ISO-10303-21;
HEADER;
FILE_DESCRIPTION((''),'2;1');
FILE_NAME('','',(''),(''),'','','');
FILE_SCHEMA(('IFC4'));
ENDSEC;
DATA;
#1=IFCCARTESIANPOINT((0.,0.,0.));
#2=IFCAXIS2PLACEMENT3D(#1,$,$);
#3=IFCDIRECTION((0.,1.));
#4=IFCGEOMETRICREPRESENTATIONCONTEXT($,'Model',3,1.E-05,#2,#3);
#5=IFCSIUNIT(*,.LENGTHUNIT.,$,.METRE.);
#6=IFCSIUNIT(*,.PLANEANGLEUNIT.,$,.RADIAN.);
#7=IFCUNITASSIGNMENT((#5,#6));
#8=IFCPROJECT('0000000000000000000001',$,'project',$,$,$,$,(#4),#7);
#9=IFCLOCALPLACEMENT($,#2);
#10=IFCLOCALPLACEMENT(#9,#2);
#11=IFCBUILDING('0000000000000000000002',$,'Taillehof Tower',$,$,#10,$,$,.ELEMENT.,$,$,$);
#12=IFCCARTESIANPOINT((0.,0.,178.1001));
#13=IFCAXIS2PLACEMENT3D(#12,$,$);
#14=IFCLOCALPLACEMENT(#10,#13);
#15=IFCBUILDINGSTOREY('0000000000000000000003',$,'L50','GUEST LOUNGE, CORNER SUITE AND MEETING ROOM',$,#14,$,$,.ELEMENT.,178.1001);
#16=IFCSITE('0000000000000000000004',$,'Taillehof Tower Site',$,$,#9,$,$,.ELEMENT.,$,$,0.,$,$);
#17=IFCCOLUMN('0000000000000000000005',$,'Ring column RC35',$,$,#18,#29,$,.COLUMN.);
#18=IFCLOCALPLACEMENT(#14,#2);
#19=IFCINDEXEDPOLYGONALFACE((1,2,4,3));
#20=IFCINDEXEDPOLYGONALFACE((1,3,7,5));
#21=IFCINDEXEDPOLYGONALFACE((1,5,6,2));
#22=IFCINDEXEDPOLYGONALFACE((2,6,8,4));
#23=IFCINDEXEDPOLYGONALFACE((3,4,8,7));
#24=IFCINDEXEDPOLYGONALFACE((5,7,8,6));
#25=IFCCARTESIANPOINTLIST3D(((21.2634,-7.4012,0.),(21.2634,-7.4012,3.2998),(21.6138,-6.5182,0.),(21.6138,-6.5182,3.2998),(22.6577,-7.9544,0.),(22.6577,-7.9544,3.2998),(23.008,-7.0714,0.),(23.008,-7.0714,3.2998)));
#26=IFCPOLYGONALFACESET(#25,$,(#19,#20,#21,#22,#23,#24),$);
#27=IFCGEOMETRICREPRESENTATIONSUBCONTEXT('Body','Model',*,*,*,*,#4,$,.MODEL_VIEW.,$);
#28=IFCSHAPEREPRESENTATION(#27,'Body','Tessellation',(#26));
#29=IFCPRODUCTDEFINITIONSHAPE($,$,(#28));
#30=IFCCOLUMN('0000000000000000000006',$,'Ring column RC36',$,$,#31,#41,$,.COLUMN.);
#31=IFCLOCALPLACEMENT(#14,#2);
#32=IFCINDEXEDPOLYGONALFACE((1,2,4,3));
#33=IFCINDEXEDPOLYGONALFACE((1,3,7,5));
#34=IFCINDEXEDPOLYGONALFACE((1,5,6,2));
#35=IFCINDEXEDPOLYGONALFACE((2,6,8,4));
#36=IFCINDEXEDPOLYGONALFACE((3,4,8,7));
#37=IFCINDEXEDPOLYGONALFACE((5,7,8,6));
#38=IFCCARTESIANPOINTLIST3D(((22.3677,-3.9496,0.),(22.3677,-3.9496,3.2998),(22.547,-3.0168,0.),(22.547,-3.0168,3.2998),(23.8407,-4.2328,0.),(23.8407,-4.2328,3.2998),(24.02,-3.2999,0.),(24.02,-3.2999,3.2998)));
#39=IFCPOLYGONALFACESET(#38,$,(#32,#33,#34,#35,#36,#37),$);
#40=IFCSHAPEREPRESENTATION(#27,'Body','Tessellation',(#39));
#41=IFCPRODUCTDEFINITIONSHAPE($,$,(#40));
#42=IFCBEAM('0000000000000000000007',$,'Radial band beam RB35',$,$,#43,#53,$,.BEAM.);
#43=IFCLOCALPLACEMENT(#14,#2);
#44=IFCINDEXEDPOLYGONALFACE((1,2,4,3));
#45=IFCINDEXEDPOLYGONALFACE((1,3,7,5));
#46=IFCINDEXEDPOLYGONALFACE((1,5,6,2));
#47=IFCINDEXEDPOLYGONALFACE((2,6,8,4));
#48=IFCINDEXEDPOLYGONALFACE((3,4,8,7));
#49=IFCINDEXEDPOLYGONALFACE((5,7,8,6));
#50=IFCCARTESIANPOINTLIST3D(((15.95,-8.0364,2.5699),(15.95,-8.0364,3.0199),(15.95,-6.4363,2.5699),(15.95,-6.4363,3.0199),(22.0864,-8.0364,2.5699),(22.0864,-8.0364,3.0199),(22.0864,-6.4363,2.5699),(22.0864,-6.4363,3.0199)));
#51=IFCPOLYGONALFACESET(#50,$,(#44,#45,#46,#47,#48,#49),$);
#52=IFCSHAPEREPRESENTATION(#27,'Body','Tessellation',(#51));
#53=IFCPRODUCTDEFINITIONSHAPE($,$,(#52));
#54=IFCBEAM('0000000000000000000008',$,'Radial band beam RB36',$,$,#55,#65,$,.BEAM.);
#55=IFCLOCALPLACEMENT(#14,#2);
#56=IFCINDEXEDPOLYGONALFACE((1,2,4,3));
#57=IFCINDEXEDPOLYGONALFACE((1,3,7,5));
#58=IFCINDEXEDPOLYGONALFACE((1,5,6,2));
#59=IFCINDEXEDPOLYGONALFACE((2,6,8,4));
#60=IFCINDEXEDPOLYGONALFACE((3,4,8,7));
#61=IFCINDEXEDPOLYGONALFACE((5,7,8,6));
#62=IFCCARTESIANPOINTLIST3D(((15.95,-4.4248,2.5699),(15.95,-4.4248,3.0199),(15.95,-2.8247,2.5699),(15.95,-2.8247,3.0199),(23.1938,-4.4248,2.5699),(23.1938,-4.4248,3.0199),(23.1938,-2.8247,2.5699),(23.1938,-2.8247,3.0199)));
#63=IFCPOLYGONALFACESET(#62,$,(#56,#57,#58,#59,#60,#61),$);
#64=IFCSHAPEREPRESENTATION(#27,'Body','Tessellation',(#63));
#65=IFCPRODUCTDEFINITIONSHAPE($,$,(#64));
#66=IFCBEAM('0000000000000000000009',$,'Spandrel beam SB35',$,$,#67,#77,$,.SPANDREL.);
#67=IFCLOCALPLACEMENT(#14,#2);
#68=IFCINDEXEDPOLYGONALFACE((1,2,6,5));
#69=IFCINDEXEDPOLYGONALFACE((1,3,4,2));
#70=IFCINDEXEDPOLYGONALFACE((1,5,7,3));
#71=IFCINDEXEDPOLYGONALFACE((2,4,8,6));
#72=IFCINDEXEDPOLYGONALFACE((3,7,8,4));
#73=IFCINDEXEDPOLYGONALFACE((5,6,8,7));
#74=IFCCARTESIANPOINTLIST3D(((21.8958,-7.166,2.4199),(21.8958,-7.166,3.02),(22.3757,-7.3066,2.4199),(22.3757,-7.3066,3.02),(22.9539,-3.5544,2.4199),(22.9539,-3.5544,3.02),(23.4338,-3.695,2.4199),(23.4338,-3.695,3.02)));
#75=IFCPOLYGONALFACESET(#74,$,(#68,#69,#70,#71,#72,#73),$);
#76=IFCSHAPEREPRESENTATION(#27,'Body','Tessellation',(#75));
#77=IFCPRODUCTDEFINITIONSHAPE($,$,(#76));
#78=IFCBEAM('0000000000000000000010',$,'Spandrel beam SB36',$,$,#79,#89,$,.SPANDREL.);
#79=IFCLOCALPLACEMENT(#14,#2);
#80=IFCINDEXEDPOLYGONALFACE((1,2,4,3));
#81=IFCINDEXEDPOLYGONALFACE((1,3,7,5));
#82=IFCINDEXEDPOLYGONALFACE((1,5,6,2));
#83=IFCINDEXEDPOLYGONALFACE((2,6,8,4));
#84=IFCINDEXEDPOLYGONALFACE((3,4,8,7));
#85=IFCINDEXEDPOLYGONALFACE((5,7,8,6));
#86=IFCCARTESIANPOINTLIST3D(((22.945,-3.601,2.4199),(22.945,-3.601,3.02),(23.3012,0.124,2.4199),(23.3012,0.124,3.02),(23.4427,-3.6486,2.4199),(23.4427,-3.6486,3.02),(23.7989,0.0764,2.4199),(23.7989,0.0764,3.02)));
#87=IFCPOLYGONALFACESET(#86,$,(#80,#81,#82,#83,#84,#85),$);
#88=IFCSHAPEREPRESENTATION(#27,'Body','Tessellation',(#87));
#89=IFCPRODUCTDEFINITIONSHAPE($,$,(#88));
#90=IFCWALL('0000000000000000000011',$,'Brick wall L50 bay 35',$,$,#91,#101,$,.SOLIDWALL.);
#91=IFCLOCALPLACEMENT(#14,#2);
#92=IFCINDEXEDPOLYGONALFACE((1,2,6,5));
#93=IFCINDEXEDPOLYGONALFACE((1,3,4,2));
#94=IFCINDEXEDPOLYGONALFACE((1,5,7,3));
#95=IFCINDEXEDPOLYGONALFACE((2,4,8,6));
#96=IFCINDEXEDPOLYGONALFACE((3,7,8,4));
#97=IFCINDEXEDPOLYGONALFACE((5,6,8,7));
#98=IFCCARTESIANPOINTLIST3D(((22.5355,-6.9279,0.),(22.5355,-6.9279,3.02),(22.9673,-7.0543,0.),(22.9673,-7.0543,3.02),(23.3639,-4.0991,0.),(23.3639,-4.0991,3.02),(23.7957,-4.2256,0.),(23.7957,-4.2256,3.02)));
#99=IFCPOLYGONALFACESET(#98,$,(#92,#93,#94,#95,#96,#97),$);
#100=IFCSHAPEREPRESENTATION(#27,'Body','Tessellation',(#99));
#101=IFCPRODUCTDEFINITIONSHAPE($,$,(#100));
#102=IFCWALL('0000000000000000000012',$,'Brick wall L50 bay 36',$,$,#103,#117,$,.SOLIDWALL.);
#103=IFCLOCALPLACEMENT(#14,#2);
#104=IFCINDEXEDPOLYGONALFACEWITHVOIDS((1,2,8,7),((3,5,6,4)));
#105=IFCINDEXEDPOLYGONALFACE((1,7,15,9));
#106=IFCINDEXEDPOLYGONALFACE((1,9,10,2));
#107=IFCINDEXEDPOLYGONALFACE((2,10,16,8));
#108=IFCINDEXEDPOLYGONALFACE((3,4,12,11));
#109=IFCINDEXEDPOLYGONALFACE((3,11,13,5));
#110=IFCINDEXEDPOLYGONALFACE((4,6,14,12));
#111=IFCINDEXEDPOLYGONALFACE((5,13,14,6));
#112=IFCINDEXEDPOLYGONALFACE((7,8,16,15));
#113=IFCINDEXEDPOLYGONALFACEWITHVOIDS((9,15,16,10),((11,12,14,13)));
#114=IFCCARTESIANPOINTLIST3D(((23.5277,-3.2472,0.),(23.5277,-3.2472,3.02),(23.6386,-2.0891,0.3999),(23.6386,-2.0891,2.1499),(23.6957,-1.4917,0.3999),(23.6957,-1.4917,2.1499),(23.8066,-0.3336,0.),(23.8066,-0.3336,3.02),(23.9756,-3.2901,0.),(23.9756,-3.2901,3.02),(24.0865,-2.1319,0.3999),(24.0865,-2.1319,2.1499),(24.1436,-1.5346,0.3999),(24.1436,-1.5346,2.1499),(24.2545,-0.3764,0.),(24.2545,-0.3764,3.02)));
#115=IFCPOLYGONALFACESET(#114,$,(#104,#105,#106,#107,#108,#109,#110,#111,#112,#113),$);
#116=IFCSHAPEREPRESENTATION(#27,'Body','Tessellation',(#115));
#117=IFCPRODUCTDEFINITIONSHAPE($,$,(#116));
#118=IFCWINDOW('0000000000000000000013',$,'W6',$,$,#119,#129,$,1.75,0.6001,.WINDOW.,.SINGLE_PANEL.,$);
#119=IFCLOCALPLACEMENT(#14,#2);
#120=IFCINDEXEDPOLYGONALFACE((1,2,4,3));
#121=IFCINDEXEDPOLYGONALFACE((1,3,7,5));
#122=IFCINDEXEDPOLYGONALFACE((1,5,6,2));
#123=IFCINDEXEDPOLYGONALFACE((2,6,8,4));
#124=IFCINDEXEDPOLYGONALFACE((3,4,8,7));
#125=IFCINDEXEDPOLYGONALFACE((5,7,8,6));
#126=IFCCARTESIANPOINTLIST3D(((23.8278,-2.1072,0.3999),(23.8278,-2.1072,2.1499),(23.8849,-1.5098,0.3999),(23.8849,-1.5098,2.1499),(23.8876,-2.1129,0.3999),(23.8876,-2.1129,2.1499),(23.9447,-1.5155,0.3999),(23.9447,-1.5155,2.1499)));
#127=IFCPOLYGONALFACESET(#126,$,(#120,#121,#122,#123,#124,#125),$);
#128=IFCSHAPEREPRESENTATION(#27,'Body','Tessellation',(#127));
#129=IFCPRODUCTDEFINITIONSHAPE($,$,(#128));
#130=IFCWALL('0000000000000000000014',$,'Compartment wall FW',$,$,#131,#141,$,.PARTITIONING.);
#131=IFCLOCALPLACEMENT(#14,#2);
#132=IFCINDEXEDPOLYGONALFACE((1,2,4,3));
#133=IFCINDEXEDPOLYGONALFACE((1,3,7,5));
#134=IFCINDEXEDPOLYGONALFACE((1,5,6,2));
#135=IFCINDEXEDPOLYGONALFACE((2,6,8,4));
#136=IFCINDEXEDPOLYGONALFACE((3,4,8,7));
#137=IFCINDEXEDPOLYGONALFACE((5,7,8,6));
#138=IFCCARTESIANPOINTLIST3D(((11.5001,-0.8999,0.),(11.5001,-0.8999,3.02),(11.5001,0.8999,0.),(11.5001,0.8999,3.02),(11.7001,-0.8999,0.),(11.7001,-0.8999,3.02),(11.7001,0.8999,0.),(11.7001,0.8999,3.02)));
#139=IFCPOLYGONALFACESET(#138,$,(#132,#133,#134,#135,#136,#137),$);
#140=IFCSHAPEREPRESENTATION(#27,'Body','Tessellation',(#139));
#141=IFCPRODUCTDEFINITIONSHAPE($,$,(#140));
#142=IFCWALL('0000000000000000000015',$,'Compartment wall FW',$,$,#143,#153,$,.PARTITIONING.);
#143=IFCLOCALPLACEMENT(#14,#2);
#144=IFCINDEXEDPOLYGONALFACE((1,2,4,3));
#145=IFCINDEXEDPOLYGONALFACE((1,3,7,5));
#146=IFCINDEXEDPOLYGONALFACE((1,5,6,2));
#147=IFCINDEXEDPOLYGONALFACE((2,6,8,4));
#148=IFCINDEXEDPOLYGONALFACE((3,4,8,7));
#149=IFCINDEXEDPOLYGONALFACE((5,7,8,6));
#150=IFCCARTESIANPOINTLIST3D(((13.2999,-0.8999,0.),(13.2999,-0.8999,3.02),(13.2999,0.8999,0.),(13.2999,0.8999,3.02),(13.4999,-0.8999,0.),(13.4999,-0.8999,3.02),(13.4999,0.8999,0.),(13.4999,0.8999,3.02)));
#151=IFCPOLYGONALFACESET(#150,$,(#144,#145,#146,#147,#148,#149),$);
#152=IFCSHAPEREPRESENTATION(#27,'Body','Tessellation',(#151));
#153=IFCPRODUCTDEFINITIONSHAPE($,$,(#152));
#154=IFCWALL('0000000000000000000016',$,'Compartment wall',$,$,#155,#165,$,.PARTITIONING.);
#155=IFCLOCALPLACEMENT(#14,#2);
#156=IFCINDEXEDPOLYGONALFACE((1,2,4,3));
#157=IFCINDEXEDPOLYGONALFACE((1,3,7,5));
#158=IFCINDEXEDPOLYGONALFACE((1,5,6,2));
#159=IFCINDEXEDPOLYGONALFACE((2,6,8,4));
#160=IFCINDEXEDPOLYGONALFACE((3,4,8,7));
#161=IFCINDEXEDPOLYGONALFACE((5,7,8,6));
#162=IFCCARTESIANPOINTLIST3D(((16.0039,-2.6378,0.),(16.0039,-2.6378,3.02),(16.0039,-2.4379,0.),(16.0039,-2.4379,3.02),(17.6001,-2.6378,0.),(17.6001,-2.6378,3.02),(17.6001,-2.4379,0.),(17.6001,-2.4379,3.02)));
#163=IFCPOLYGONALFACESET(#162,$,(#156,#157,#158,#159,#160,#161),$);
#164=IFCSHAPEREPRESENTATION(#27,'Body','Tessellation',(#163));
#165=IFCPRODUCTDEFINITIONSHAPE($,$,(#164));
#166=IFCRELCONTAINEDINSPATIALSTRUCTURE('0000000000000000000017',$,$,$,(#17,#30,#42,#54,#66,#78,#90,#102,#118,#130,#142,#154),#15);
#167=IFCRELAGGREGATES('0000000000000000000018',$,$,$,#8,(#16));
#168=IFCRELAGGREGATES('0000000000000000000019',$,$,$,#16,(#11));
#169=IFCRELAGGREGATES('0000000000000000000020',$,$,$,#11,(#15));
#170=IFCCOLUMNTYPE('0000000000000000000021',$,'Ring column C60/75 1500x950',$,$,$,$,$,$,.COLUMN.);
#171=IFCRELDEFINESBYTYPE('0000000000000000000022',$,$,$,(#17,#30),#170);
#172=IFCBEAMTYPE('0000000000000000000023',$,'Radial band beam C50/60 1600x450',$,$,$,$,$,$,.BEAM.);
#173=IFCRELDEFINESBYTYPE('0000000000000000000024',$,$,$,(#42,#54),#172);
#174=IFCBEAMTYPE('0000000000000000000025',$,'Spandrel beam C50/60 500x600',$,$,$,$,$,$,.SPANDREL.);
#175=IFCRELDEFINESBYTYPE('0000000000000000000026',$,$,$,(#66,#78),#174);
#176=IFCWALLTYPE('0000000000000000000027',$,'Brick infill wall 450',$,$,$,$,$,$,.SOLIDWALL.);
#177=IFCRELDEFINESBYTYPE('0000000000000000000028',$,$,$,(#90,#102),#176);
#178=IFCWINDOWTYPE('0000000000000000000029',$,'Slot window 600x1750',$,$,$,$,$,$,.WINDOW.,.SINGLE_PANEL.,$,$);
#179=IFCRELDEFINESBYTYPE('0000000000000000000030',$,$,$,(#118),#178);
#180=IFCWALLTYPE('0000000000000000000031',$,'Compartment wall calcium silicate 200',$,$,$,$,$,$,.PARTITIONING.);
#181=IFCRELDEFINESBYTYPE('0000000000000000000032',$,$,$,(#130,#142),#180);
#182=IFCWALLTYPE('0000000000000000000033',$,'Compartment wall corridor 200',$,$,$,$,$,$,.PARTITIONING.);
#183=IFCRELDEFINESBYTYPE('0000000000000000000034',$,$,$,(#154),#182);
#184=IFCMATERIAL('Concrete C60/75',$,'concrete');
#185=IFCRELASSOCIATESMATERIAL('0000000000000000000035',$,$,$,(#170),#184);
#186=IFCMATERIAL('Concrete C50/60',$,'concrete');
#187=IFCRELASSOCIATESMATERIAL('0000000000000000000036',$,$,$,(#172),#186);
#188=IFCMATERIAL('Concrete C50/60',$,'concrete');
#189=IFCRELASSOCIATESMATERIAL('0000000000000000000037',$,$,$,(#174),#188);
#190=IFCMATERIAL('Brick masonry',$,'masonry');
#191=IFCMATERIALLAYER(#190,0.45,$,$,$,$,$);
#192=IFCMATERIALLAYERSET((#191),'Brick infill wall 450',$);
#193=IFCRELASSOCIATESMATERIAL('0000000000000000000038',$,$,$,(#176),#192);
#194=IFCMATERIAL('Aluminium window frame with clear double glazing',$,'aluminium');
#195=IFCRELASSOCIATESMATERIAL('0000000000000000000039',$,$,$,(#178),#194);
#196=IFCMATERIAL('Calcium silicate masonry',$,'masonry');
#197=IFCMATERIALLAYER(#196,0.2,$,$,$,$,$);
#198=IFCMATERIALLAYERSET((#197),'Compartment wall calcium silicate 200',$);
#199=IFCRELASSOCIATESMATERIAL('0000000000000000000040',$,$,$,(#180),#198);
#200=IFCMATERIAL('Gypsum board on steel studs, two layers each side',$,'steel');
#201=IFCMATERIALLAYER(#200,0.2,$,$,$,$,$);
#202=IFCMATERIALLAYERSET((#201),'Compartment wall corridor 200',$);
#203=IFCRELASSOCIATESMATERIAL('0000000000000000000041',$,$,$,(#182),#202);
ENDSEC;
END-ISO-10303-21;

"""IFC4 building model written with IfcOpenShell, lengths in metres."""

from ifc_helpers import new_model, si_unit, direction, frame, frame_2d, origin, origin_2d, place, context, subcontext, project, spatial, rectangle, extrude, material, layer, layer_set, material_profile, profile_set, type_object, element, fill, save


model = new_model("IFC4")

# Units and contexts
model_context = context("Model", 3, precision=1e-05, world=origin(), true_north=direction((0.0, 1.0)))
body_context = subcontext(model_context, "Body", "Model", "MODEL_VIEW")
ifc_project = project(units=[si_unit("LENGTHUNIT", "METRE"), si_unit("PLANEANGLEUNIT", "RADIAN")], contexts=[model_context])

# Site, building, storey
site_placement = place(None, origin())
site = spatial("IfcSite", under=ifc_project, at=site_placement, Name="Taillehof Tower Site", CompositionType="ELEMENT", RefElevation=0.0)
building_placement = place(site_placement, origin())
building = spatial("IfcBuilding", under=site, at=building_placement, Name="Taillehof Tower", CompositionType="ELEMENT")
storey_placement = place(building_placement, frame((0.0, 0.0, 178.1001)))
storey = spatial("IfcBuildingStorey", under=building, at=storey_placement, Name="L50", Description="GUEST LOUNGE, CORNER SUITE AND MEETING ROOM", CompositionType="ELEMENT", Elevation=178.1001)

# Columns
ifc_material_1 = material(Name="Concrete C60/75", Category="concrete")
ifc_material_profile_1 = material_profile(ifc_material_1, rectangle(XDim=1.5, YDim=0.95, at=origin_2d()), Name="RC 1500x950")
ifc_profile_set_1 = profile_set([ifc_material_profile_1], Name="Concrete C60/75")
column_type = type_object("IfcColumnType", Name="Ring column C60/75 1500x950", PredefinedType="COLUMN", material=ifc_profile_set_1)
for number, where, z_axis, x_axis, name in (
    (1, (22.1357, -7.2363, 0.0), (0.0, 0.0, 1.0), (0.929511, -0.368793, 0.0), "Ring column RC35"),
    (2, (23.1938, -3.6248, 0.0), (0.0, 0.0, 1.0), (0.982024, -0.188757, 0.0), "Ring column RC36"),
):
    element("IfcColumn", number, at=place(storey_placement, frame(where, z_axis=z_axis, x_axis=x_axis)), inside=storey, type_object=column_type, Name=name, PredefinedType="COLUMN", context=body_context, shape_type="SweptSolid", body=[
        extrude(rectangle(XDim=1.5, YDim=0.95, at=origin_2d()), origin(), (0.0, 0.0, 1.0), 3.2998),
    ])

# Beams
ifc_material_2 = material(Name="Concrete C50/60", Category="concrete")
ifc_material_profile_2 = material_profile(ifc_material_2, rectangle(XDim=1.6001, YDim=0.45, at=origin_2d()), Name="RC 1600x450")
ifc_profile_set_2 = profile_set([ifc_material_profile_2], Name="Concrete C50/60")
beam_type_1 = type_object("IfcBeamType", Name="Radial band beam C50/60 1600x450", PredefinedType="BEAM", material=ifc_profile_set_2)
beam_1_placement = place(storey_placement, frame((22.0864, -7.2363, 2.7949), z_axis=(-1.0, 0.0, 0.0), x_axis=(0.0, -1.0, 0.0)))
element("IfcBeam", 3, at=beam_1_placement, inside=storey, type_object=beam_type_1, Name="Radial band beam RB35", PredefinedType="BEAM", context=body_context, shape_type="SweptSolid", body=[
    extrude(rectangle(XDim=1.6001, YDim=0.45, at=origin_2d()), origin(), (0.0, 0.0, 1.0), 6.1365),
])
beam_2_placement = place(storey_placement, frame((23.1938, -3.6248, 2.7949), z_axis=(-1.0, 0.0, 0.0), x_axis=(0.0, -1.0, 0.0)))
element("IfcBeam", 4, at=beam_2_placement, inside=storey, type_object=beam_type_1, Name="Radial band beam RB36", PredefinedType="BEAM", context=body_context, shape_type="SweptSolid", body=[
    extrude(rectangle(XDim=1.6001, YDim=0.45, at=origin_2d()), origin(), (0.0, 0.0, 1.0), 7.2439),
])
ifc_material_3 = material(Name="Concrete C50/60", Category="concrete")
ifc_material_profile_3 = material_profile(ifc_material_3, rectangle(XDim=0.5, YDim=0.6001, at=origin_2d()), Name="RC 500x600")
ifc_profile_set_3 = profile_set([ifc_material_profile_3], Name="Concrete C50/60")
beam_type_2 = type_object("IfcBeamType", Name="Spandrel beam C50/60 500x600", PredefinedType="SPANDREL", material=ifc_profile_set_3)
beam_3_placement = place(storey_placement, frame((22.1357, -7.2363, 2.72), z_axis=(0.281158, 0.959661, 0.0), x_axis=(-0.959661, 0.281158, 0.0)))
element("IfcBeam", 5, at=beam_3_placement, inside=storey, type_object=beam_type_2, Name="Spandrel beam SB35", PredefinedType="SPANDREL", context=body_context, shape_type="SweptSolid", body=[
    extrude(rectangle(XDim=0.5, YDim=0.6001, at=origin_2d()), origin(), (0.0, 0.0, 1.0), 3.7634),
])
beam_4_placement = place(storey_placement, frame((23.1938, -3.6248, 2.72), z_axis=(0.095194, 0.995459, 0.0), x_axis=(-0.995459, 0.095194, 0.0)))
element("IfcBeam", 6, at=beam_4_placement, inside=storey, type_object=beam_type_2, Name="Spandrel beam SB36", PredefinedType="SPANDREL", context=body_context, shape_type="SweptSolid", body=[
    extrude(rectangle(XDim=0.5, YDim=0.6001, at=origin_2d()), origin(), (0.0, 0.0, 1.0), 3.7419),
])

# Wall
ifc_material_4 = material(Name="Brick masonry", Category="masonry")
ifc_layer_1 = layer(ifc_material_4, 0.45)
ifc_layer_set_1 = layer_set([ifc_layer_1], Name="Brick infill wall 450")
wall_type_1 = type_object("IfcWallType", Name="Brick infill wall 450", PredefinedType="SOLIDWALL", material=ifc_layer_set_1)
wall_1_placement = place(storey_placement, frame((22.7515, -6.991, 0.0), z_axis=(0.0, 0.0, 1.0), x_axis=(0.281049, 0.959693, 0.0)))
element("IfcWall", 7, at=wall_1_placement, inside=storey, type_object=wall_type_1, Name="Brick wall L50 bay 35", PredefinedType="SOLIDWALL", context=body_context, shape_type="SweptSolid", body=[
    extrude(rectangle(XDim=2.9475, YDim=0.45, at=frame_2d((1.4736, 0.0))), origin(), (0.0, 0.0, 1.0), 3.02),
])

# Wall, opening, window
wall_2_placement = place(storey_placement, frame((23.7517, -3.2686, 0.0), z_axis=(0.0, 0.0, 1.0), x_axis=(0.095258, 0.995453, 0.0)))
wall_2 = element("IfcWall", 8, at=wall_2_placement, inside=storey, type_object=wall_type_1, Name="Brick wall L50 bay 36", PredefinedType="SOLIDWALL", context=body_context, shape_type="SweptSolid", body=[
    extrude(rectangle(XDim=2.927, YDim=0.45, at=frame_2d((1.4634, 0.0))), origin(), (0.0, 0.0, 1.0), 3.02),
])
opening_1_placement = place(wall_2_placement, frame((1.1633, 0.0, 0.3999)))
opening_1 = element("IfcOpeningElement", 9, at=opening_1_placement, cuts=wall_2, PredefinedType="OPENING", context=body_context, shape_type="SweptSolid", body=[
    extrude(rectangle(XDim=0.6001, YDim=1.75, at=frame_2d((0.3, 0.875))), frame((0.0, 0.2349, 0.0), z_axis=(0.0, -1.0, 0.0), x_axis=(1.0, 0.0, 0.0)), (0.0, 0.0, 1.0), 0.47),
])
ifc_material_5 = material(Name="Aluminium window frame with clear double glazing", Category="aluminium")
window_type = type_object("IfcWindowType", Name="Slot window 600x1750", PartitioningType="SINGLE_PANEL", PredefinedType="WINDOW", material=ifc_material_5)
window_placement = place(opening_1_placement, origin())
window = element("IfcWindow", 10, at=window_placement, inside=storey, type_object=window_type, Name="W6", OverallHeight=1.75, OverallWidth=0.6001, PartitioningType="SINGLE_PANEL", PredefinedType="WINDOW", context=body_context, shape_type="SweptSolid", body=[
    extrude(rectangle(XDim=0.6001, YDim=1.75, at=frame_2d((0.3, 0.875))), frame((0.0, 0.0349, 0.0), z_axis=(0.0, -1.0, 0.0), x_axis=(1.0, 0.0, 0.0)), (0.0, 0.0, 1.0), 0.0601),
])
fill(opening_1, window)

# Walls
ifc_material_6 = material(Name="Calcium silicate masonry", Category="masonry")
ifc_layer_2 = layer(ifc_material_6, 0.2)
ifc_layer_set_2 = layer_set([ifc_layer_2], Name="Compartment wall calcium silicate 200")
wall_type_2 = type_object("IfcWallType", Name="Compartment wall calcium silicate 200", PredefinedType="PARTITIONING", material=ifc_layer_set_2)
for number, where, z_axis, x_axis, name in (
    (11, (11.6001, -0.8999, 0.0), (0.0, 0.0, 1.0), (0.0, 1.0, 0.0), "Compartment wall FW"),
    (12, (13.3999, -0.8999, 0.0), (0.0, 0.0, 1.0), (0.0, 1.0, 0.0), "Compartment wall FW"),
):
    element("IfcWall", number, at=place(storey_placement, frame(where, z_axis=z_axis, x_axis=x_axis)), inside=storey, type_object=wall_type_2, Name=name, PredefinedType="PARTITIONING", context=body_context, shape_type="SweptSolid", body=[
        extrude(rectangle(XDim=1.7998, YDim=0.2, at=frame_2d((0.8999, 0.0))), origin(), (0.0, 0.0, 1.0), 3.02),
    ])
ifc_material_7 = material(Name="Gypsum board on steel studs, two layers each side", Category="steel")
ifc_layer_3 = layer(ifc_material_7, 0.2)
ifc_layer_set_3 = layer_set([ifc_layer_3], Name="Compartment wall corridor 200")
wall_type_3 = type_object("IfcWallType", Name="Compartment wall corridor 200", PredefinedType="PARTITIONING", material=ifc_layer_set_3)
wall_3_placement = place(storey_placement, frame((16.0039, -2.5378, 0.0), z_axis=(0.0, 0.0, 1.0), x_axis=(1.0, 0.0, 0.0)))
element("IfcWall", 13, at=wall_3_placement, inside=storey, type_object=wall_type_3, Name="Compartment wall", PredefinedType="PARTITIONING", context=body_context, shape_type="SweptSolid", body=[
    extrude(rectangle(XDim=1.5962, YDim=0.2, at=frame_2d((0.7981, 0.0))), origin(), (0.0, 0.0, 1.0), 3.02),
])

save(model, "model.ifc")
